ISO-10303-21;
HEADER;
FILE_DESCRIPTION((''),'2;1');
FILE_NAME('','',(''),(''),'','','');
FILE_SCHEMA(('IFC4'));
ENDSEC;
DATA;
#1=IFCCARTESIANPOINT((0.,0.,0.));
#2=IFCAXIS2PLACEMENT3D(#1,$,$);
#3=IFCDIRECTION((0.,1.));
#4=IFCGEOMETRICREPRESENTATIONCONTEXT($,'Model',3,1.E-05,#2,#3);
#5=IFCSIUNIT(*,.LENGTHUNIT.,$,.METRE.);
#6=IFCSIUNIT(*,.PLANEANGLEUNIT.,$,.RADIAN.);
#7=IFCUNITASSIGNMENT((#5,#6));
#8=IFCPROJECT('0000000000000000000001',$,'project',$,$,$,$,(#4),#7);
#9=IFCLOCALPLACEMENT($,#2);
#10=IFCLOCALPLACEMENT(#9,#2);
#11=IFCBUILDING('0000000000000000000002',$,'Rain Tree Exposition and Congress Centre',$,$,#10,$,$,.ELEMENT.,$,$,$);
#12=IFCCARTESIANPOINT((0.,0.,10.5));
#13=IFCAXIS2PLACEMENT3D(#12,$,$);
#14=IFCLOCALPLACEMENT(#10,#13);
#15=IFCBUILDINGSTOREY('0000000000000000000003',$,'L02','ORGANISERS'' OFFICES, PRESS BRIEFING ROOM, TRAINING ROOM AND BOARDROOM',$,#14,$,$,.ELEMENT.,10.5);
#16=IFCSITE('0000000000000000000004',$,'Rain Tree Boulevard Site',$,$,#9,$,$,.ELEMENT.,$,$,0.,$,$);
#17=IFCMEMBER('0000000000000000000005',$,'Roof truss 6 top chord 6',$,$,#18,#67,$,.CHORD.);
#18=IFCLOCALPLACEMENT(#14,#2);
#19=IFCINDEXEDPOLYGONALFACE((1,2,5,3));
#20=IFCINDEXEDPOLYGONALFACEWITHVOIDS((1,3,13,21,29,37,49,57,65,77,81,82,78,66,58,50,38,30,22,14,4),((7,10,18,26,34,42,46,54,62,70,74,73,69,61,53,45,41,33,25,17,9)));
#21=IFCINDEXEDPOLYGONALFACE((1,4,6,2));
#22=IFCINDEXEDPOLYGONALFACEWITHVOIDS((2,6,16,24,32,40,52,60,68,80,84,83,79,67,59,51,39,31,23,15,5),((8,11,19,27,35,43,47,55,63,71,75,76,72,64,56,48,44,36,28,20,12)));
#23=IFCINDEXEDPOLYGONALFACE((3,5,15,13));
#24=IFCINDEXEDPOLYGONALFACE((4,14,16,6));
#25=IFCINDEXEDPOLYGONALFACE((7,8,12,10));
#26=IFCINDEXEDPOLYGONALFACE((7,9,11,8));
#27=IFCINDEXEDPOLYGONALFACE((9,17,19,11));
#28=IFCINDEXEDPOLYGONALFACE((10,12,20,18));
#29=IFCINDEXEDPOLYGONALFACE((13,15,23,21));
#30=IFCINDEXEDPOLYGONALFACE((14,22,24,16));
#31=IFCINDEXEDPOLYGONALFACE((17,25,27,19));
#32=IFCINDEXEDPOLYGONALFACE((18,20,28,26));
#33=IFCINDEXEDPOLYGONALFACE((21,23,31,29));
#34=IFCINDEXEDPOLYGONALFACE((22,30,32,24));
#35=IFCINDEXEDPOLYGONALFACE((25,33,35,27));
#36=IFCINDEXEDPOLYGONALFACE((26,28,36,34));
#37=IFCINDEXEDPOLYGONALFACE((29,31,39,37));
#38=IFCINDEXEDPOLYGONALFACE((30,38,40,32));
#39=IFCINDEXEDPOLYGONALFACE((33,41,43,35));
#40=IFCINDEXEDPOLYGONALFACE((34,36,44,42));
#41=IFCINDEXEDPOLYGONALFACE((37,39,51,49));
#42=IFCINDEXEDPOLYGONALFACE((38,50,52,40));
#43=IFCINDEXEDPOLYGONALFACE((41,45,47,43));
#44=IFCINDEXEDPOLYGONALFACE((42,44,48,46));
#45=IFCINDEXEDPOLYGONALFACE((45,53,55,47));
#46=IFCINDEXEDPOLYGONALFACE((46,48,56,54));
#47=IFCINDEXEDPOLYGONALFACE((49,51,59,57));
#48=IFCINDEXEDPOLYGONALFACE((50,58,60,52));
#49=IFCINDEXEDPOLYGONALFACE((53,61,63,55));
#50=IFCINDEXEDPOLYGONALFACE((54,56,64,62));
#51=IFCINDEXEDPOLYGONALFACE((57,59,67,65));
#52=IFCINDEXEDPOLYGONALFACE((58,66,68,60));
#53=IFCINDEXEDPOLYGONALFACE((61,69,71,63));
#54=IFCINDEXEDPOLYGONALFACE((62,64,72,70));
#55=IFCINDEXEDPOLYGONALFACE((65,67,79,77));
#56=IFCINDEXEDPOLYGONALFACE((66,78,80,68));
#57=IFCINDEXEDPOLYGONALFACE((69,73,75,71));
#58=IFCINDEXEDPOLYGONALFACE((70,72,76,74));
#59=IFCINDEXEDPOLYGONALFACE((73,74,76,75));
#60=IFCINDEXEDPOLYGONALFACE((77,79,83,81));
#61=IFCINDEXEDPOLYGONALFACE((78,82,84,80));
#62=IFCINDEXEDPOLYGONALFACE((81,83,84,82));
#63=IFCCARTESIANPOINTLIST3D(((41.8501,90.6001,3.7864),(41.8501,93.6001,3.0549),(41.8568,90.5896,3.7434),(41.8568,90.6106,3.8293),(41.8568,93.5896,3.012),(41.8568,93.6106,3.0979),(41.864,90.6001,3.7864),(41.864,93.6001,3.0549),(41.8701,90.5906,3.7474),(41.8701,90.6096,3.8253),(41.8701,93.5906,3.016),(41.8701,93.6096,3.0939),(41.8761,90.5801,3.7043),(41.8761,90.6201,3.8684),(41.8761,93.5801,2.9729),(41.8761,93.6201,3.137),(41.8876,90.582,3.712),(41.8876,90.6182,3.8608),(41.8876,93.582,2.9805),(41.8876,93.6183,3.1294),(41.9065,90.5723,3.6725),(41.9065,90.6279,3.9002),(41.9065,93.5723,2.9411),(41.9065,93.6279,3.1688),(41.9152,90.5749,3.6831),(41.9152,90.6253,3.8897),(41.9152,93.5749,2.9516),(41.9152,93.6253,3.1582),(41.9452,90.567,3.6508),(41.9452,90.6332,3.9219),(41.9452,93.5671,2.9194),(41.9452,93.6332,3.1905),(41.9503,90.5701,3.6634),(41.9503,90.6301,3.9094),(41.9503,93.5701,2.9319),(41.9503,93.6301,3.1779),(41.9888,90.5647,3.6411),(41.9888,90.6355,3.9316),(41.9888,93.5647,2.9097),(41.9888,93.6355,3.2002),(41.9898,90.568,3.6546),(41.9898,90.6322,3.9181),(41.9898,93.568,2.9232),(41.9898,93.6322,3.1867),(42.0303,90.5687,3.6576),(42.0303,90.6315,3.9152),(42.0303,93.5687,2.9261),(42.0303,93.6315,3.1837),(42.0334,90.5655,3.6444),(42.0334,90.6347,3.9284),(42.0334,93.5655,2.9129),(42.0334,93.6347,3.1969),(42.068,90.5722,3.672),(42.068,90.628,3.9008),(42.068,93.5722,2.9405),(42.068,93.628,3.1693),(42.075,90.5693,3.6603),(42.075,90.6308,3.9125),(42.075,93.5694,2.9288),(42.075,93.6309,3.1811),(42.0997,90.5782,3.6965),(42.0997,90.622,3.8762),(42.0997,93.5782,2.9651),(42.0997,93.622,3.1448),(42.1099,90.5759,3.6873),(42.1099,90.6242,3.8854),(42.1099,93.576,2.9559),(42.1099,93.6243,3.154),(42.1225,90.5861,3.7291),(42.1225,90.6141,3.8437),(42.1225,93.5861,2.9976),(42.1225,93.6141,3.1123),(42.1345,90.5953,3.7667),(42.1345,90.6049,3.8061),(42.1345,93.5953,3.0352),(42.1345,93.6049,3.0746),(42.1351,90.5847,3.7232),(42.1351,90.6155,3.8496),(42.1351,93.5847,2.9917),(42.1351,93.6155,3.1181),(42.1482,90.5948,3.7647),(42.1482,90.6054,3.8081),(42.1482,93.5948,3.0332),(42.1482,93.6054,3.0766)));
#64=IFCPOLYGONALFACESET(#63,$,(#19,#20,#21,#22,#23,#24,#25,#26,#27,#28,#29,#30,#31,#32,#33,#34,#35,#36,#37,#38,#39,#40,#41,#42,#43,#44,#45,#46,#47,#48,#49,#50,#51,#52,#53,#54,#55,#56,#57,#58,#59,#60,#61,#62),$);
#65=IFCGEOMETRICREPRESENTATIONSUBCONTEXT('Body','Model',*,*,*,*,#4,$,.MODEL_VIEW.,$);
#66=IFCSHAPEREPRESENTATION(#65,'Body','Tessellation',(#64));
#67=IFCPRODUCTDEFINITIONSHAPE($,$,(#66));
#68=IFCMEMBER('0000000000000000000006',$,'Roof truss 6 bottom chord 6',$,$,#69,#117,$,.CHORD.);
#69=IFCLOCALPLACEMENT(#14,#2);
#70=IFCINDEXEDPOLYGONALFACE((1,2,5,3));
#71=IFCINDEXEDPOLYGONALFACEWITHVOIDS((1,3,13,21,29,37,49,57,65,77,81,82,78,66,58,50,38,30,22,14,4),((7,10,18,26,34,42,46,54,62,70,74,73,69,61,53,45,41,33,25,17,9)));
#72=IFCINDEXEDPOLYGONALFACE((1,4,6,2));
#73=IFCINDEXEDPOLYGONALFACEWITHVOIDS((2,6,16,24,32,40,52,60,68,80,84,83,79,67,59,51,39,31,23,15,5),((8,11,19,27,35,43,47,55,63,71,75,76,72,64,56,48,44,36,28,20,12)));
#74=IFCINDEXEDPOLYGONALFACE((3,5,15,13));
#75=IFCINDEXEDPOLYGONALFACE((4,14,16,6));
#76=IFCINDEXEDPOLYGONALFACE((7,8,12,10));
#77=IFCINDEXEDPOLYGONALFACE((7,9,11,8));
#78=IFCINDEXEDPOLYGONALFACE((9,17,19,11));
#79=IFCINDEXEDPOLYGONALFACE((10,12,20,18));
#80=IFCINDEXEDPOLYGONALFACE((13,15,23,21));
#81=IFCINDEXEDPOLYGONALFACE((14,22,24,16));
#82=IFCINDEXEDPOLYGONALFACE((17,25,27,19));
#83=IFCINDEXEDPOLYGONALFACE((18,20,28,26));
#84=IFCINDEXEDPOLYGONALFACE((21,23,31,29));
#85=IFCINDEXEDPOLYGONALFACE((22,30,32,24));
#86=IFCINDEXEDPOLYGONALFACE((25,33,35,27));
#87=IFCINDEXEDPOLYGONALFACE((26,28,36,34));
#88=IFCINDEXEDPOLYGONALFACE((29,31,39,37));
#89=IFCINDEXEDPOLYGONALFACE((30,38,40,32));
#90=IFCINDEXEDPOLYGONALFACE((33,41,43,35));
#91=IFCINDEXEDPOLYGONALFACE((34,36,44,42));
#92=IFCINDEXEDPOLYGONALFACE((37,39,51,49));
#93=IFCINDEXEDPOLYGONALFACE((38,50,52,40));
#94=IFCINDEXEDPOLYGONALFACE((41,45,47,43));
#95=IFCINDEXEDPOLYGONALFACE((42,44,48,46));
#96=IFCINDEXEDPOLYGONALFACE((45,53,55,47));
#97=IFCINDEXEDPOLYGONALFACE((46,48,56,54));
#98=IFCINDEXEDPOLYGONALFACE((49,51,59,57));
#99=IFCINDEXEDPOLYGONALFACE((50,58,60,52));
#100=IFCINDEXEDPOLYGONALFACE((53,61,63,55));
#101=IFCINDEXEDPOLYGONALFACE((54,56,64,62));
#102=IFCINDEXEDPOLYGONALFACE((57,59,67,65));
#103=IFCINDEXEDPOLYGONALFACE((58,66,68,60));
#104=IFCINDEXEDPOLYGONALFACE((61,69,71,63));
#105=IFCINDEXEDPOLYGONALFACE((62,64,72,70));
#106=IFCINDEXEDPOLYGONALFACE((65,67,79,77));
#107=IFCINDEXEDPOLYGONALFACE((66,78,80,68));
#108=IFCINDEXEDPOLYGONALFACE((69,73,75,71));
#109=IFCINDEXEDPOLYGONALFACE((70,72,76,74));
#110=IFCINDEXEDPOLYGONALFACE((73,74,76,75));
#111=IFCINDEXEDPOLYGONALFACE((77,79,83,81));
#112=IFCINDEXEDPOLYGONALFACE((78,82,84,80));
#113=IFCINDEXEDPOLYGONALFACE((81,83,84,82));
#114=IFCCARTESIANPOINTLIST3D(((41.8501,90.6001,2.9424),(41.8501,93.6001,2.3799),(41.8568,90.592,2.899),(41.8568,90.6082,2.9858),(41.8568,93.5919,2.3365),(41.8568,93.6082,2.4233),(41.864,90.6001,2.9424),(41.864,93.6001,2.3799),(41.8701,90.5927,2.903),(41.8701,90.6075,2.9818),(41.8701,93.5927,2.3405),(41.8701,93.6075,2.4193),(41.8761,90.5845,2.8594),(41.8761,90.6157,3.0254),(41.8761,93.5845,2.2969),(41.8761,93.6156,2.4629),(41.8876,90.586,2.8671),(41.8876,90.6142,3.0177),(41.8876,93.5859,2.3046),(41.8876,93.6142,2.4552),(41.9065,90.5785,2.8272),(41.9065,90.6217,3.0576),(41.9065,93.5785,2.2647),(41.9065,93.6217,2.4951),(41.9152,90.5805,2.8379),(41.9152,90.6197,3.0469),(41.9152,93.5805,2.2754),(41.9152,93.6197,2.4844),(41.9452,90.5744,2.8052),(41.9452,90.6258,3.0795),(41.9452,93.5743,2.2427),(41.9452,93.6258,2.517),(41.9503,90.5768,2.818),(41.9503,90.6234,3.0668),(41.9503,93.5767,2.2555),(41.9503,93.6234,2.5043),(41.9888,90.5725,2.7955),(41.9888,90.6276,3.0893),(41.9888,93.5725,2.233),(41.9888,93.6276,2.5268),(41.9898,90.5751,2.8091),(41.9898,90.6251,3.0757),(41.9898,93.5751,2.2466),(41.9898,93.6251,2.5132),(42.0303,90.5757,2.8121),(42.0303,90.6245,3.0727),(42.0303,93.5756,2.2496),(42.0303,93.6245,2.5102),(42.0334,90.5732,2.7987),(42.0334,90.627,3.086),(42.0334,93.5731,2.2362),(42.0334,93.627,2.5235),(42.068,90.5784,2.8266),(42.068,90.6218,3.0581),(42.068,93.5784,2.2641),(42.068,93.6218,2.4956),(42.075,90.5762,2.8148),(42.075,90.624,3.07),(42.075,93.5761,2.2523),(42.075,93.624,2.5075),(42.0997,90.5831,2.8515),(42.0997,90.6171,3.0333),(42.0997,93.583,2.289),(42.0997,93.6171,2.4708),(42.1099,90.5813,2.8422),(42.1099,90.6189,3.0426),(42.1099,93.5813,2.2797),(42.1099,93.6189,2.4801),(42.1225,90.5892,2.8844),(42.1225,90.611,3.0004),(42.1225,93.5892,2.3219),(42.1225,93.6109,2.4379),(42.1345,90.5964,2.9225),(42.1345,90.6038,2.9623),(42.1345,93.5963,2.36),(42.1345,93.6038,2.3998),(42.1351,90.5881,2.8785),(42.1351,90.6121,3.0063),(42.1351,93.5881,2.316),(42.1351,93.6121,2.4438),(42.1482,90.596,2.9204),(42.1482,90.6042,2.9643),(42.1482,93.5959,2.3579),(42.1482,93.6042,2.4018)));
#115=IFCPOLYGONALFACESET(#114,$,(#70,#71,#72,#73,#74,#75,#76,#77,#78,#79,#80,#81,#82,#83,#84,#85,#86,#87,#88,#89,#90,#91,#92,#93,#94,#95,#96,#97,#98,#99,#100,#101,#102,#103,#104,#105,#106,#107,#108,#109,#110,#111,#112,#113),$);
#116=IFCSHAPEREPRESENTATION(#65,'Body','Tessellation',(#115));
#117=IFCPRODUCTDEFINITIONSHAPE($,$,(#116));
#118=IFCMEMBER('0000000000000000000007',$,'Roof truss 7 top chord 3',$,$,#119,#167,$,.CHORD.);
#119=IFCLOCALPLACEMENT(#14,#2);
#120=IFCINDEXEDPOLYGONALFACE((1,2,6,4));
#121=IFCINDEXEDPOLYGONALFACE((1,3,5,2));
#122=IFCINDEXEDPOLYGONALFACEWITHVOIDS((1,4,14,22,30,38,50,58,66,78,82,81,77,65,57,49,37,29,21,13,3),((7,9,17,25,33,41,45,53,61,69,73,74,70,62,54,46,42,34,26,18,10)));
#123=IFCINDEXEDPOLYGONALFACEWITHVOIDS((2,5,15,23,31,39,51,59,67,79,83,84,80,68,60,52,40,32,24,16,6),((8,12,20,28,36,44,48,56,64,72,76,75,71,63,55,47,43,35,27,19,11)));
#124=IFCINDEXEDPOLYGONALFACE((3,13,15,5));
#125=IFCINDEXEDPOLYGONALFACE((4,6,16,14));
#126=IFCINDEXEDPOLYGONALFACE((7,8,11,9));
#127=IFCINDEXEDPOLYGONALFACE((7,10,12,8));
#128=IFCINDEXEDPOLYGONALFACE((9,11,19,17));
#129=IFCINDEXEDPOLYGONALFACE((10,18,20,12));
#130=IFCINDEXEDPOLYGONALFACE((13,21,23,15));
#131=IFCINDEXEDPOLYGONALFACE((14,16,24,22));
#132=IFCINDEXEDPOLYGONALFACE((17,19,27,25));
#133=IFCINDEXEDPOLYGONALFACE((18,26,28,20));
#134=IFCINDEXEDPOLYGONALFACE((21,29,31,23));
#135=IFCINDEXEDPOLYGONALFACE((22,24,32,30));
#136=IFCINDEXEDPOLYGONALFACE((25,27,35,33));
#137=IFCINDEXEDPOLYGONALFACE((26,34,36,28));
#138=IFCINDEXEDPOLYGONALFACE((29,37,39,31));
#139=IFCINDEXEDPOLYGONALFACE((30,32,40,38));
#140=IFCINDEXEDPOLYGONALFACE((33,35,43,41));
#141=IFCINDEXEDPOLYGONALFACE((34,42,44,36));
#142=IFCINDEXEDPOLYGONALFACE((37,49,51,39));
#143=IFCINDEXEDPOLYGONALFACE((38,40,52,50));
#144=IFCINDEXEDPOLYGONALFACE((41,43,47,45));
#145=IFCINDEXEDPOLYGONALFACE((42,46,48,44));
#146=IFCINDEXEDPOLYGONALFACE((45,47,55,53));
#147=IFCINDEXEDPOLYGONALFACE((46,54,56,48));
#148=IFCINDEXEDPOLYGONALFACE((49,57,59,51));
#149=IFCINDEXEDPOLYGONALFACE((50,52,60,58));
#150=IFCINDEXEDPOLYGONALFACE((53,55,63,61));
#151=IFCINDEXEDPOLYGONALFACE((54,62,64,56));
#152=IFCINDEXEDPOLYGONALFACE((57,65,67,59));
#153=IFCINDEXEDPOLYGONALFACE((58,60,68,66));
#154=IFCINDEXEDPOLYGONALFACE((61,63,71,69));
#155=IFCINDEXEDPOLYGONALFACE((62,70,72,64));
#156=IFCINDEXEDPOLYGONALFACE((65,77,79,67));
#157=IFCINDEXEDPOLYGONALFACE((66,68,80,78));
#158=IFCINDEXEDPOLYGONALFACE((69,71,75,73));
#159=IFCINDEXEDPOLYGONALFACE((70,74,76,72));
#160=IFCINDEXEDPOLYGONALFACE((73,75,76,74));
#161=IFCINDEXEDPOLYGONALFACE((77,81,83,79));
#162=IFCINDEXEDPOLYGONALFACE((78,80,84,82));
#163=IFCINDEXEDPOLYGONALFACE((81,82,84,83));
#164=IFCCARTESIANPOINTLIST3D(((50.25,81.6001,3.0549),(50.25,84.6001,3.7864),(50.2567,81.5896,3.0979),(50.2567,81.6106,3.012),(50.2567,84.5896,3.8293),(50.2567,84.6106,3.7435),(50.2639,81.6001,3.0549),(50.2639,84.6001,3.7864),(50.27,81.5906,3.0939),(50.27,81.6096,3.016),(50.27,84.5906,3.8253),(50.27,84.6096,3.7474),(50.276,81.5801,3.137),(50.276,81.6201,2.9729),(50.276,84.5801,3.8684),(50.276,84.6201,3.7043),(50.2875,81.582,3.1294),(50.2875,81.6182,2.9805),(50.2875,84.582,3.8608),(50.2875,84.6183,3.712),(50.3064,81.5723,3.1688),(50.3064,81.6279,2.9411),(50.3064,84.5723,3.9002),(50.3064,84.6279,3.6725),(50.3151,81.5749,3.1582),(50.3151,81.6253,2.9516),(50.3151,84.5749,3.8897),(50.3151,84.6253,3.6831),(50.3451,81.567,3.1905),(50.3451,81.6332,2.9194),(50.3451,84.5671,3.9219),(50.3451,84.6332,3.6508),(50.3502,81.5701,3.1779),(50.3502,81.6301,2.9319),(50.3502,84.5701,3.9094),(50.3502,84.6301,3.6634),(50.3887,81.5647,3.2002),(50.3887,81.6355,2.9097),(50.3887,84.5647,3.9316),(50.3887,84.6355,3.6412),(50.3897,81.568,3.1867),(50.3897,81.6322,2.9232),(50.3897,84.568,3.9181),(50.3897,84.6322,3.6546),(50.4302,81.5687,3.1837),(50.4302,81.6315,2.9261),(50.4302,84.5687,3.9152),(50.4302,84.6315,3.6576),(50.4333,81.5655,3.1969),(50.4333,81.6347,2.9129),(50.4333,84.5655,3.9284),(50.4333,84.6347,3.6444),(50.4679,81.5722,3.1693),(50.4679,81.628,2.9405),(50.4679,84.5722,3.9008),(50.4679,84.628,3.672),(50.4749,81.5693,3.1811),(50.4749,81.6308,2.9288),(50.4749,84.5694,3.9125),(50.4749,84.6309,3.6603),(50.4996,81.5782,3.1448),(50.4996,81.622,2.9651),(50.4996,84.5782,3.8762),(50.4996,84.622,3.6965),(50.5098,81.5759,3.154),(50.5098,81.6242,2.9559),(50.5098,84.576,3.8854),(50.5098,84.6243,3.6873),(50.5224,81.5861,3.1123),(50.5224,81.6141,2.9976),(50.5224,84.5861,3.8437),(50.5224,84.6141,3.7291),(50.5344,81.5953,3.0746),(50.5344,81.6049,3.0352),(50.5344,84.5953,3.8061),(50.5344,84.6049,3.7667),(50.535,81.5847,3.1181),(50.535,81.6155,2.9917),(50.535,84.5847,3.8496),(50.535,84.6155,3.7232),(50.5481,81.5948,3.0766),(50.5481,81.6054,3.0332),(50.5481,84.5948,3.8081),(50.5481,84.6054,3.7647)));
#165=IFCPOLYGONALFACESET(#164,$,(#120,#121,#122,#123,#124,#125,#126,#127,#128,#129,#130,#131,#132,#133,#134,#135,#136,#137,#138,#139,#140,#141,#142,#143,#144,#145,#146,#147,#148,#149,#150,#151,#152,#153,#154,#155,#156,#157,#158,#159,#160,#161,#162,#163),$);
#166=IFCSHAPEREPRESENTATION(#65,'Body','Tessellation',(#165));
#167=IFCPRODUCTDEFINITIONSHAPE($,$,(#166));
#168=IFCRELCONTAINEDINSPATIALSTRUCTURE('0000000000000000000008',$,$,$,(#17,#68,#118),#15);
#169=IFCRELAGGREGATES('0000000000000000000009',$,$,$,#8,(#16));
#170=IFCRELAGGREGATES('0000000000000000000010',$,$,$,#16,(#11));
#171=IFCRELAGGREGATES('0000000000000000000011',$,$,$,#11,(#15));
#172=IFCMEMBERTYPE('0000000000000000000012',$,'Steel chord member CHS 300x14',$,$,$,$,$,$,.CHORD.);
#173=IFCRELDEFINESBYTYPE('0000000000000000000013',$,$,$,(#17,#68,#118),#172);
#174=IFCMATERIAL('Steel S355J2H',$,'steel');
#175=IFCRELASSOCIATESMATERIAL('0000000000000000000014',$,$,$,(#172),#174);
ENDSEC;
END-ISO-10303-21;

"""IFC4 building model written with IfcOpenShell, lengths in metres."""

from ifc_helpers import new_model, si_unit, direction, frame, origin, origin_2d, place, context, subcontext, project, spatial, hollow_circle, extrude, material, material_profile, profile_set, type_object, element, save


model = new_model("IFC4")

# Units and contexts
model_context = context("Model", 3, precision=1e-05, world=origin(), true_north=direction((0.0, 1.0)))
body_context = subcontext(model_context, "Body", "Model", "MODEL_VIEW")
ifc_project = project(units=[si_unit("LENGTHUNIT", "METRE"), si_unit("PLANEANGLEUNIT", "RADIAN")], contexts=[model_context])

# Site, building, storey
site_placement = place(None, origin())
site = spatial("IfcSite", under=ifc_project, at=site_placement, Name="Rain Tree Boulevard Site", CompositionType="ELEMENT", RefElevation=0.0)
building_placement = place(site_placement, origin())
building = spatial("IfcBuilding", under=site, at=building_placement, Name="Rain Tree Exposition and Congress Centre", CompositionType="ELEMENT")
storey_placement = place(building_placement, frame((0.0, 0.0, 10.5)))
storey = spatial("IfcBuildingStorey", under=building, at=storey_placement, Name="L02", Description="ORGANISERS' OFFICES, PRESS BRIEFING ROOM, TRAINING ROOM AND BOARDROOM", CompositionType="ELEMENT", Elevation=10.5)

# Members
ifc_material_1 = material(Name="Steel S355J2H", Category="steel")
ifc_material_profile_1 = material_profile(ifc_material_1, hollow_circle(Radius=0.1499, WallThickness=0.0139, at=origin_2d()), Name="CHS 300x14")
ifc_profile_set_1 = profile_set([ifc_material_profile_1], Name="Steel S355J2H")
member_type_1 = type_object("IfcMemberType", Name="Steel chord member CHS 300x14", PredefinedType="CHORD", material=ifc_profile_set_1)
member_1_placement = place(storey_placement, frame((42.0, 90.6001, 3.7864), z_axis=(0.0, 0.97154, -0.236876), x_axis=(-1.0, 0.0, 0.0)))
element("IfcMember", 1, at=member_1_placement, inside=storey, type_object=member_type_1, Name="Roof truss 6 top chord 6", PredefinedType="CHORD", context=body_context, shape_type="SweptSolid", body=[
    extrude(hollow_circle(Radius=0.1499, WallThickness=0.0139, at=origin_2d()), origin(), (0.0, 0.0, 1.0), 3.0879),
])
member_2_placement = place(storey_placement, frame((42.0, 90.6001, 2.9424), z_axis=(0.0, 0.982872, -0.184289), x_axis=(-1.0, 0.0, 0.0)))
element("IfcMember", 2, at=member_2_placement, inside=storey, type_object=member_type_1, Name="Roof truss 6 bottom chord 6", PredefinedType="CHORD", context=body_context, shape_type="SweptSolid", body=[
    extrude(hollow_circle(Radius=0.1499, WallThickness=0.0139, at=origin_2d()), origin(), (0.0, 0.0, 1.0), 3.0522),
])
member_3_placement = place(storey_placement, frame((50.3999, 81.6001, 3.0549), z_axis=(0.0, 0.97154, 0.236876), x_axis=(-1.0, 0.0, 0.0)))
element("IfcMember", 3, at=member_3_placement, inside=storey, type_object=member_type_1, Name="Roof truss 7 top chord 3", PredefinedType="CHORD", context=body_context, shape_type="SweptSolid", body=[
    extrude(hollow_circle(Radius=0.1499, WallThickness=0.0139, at=origin_2d()), origin(), (0.0, 0.0, 1.0), 3.0879),
])

save(model, "model.ifc")
